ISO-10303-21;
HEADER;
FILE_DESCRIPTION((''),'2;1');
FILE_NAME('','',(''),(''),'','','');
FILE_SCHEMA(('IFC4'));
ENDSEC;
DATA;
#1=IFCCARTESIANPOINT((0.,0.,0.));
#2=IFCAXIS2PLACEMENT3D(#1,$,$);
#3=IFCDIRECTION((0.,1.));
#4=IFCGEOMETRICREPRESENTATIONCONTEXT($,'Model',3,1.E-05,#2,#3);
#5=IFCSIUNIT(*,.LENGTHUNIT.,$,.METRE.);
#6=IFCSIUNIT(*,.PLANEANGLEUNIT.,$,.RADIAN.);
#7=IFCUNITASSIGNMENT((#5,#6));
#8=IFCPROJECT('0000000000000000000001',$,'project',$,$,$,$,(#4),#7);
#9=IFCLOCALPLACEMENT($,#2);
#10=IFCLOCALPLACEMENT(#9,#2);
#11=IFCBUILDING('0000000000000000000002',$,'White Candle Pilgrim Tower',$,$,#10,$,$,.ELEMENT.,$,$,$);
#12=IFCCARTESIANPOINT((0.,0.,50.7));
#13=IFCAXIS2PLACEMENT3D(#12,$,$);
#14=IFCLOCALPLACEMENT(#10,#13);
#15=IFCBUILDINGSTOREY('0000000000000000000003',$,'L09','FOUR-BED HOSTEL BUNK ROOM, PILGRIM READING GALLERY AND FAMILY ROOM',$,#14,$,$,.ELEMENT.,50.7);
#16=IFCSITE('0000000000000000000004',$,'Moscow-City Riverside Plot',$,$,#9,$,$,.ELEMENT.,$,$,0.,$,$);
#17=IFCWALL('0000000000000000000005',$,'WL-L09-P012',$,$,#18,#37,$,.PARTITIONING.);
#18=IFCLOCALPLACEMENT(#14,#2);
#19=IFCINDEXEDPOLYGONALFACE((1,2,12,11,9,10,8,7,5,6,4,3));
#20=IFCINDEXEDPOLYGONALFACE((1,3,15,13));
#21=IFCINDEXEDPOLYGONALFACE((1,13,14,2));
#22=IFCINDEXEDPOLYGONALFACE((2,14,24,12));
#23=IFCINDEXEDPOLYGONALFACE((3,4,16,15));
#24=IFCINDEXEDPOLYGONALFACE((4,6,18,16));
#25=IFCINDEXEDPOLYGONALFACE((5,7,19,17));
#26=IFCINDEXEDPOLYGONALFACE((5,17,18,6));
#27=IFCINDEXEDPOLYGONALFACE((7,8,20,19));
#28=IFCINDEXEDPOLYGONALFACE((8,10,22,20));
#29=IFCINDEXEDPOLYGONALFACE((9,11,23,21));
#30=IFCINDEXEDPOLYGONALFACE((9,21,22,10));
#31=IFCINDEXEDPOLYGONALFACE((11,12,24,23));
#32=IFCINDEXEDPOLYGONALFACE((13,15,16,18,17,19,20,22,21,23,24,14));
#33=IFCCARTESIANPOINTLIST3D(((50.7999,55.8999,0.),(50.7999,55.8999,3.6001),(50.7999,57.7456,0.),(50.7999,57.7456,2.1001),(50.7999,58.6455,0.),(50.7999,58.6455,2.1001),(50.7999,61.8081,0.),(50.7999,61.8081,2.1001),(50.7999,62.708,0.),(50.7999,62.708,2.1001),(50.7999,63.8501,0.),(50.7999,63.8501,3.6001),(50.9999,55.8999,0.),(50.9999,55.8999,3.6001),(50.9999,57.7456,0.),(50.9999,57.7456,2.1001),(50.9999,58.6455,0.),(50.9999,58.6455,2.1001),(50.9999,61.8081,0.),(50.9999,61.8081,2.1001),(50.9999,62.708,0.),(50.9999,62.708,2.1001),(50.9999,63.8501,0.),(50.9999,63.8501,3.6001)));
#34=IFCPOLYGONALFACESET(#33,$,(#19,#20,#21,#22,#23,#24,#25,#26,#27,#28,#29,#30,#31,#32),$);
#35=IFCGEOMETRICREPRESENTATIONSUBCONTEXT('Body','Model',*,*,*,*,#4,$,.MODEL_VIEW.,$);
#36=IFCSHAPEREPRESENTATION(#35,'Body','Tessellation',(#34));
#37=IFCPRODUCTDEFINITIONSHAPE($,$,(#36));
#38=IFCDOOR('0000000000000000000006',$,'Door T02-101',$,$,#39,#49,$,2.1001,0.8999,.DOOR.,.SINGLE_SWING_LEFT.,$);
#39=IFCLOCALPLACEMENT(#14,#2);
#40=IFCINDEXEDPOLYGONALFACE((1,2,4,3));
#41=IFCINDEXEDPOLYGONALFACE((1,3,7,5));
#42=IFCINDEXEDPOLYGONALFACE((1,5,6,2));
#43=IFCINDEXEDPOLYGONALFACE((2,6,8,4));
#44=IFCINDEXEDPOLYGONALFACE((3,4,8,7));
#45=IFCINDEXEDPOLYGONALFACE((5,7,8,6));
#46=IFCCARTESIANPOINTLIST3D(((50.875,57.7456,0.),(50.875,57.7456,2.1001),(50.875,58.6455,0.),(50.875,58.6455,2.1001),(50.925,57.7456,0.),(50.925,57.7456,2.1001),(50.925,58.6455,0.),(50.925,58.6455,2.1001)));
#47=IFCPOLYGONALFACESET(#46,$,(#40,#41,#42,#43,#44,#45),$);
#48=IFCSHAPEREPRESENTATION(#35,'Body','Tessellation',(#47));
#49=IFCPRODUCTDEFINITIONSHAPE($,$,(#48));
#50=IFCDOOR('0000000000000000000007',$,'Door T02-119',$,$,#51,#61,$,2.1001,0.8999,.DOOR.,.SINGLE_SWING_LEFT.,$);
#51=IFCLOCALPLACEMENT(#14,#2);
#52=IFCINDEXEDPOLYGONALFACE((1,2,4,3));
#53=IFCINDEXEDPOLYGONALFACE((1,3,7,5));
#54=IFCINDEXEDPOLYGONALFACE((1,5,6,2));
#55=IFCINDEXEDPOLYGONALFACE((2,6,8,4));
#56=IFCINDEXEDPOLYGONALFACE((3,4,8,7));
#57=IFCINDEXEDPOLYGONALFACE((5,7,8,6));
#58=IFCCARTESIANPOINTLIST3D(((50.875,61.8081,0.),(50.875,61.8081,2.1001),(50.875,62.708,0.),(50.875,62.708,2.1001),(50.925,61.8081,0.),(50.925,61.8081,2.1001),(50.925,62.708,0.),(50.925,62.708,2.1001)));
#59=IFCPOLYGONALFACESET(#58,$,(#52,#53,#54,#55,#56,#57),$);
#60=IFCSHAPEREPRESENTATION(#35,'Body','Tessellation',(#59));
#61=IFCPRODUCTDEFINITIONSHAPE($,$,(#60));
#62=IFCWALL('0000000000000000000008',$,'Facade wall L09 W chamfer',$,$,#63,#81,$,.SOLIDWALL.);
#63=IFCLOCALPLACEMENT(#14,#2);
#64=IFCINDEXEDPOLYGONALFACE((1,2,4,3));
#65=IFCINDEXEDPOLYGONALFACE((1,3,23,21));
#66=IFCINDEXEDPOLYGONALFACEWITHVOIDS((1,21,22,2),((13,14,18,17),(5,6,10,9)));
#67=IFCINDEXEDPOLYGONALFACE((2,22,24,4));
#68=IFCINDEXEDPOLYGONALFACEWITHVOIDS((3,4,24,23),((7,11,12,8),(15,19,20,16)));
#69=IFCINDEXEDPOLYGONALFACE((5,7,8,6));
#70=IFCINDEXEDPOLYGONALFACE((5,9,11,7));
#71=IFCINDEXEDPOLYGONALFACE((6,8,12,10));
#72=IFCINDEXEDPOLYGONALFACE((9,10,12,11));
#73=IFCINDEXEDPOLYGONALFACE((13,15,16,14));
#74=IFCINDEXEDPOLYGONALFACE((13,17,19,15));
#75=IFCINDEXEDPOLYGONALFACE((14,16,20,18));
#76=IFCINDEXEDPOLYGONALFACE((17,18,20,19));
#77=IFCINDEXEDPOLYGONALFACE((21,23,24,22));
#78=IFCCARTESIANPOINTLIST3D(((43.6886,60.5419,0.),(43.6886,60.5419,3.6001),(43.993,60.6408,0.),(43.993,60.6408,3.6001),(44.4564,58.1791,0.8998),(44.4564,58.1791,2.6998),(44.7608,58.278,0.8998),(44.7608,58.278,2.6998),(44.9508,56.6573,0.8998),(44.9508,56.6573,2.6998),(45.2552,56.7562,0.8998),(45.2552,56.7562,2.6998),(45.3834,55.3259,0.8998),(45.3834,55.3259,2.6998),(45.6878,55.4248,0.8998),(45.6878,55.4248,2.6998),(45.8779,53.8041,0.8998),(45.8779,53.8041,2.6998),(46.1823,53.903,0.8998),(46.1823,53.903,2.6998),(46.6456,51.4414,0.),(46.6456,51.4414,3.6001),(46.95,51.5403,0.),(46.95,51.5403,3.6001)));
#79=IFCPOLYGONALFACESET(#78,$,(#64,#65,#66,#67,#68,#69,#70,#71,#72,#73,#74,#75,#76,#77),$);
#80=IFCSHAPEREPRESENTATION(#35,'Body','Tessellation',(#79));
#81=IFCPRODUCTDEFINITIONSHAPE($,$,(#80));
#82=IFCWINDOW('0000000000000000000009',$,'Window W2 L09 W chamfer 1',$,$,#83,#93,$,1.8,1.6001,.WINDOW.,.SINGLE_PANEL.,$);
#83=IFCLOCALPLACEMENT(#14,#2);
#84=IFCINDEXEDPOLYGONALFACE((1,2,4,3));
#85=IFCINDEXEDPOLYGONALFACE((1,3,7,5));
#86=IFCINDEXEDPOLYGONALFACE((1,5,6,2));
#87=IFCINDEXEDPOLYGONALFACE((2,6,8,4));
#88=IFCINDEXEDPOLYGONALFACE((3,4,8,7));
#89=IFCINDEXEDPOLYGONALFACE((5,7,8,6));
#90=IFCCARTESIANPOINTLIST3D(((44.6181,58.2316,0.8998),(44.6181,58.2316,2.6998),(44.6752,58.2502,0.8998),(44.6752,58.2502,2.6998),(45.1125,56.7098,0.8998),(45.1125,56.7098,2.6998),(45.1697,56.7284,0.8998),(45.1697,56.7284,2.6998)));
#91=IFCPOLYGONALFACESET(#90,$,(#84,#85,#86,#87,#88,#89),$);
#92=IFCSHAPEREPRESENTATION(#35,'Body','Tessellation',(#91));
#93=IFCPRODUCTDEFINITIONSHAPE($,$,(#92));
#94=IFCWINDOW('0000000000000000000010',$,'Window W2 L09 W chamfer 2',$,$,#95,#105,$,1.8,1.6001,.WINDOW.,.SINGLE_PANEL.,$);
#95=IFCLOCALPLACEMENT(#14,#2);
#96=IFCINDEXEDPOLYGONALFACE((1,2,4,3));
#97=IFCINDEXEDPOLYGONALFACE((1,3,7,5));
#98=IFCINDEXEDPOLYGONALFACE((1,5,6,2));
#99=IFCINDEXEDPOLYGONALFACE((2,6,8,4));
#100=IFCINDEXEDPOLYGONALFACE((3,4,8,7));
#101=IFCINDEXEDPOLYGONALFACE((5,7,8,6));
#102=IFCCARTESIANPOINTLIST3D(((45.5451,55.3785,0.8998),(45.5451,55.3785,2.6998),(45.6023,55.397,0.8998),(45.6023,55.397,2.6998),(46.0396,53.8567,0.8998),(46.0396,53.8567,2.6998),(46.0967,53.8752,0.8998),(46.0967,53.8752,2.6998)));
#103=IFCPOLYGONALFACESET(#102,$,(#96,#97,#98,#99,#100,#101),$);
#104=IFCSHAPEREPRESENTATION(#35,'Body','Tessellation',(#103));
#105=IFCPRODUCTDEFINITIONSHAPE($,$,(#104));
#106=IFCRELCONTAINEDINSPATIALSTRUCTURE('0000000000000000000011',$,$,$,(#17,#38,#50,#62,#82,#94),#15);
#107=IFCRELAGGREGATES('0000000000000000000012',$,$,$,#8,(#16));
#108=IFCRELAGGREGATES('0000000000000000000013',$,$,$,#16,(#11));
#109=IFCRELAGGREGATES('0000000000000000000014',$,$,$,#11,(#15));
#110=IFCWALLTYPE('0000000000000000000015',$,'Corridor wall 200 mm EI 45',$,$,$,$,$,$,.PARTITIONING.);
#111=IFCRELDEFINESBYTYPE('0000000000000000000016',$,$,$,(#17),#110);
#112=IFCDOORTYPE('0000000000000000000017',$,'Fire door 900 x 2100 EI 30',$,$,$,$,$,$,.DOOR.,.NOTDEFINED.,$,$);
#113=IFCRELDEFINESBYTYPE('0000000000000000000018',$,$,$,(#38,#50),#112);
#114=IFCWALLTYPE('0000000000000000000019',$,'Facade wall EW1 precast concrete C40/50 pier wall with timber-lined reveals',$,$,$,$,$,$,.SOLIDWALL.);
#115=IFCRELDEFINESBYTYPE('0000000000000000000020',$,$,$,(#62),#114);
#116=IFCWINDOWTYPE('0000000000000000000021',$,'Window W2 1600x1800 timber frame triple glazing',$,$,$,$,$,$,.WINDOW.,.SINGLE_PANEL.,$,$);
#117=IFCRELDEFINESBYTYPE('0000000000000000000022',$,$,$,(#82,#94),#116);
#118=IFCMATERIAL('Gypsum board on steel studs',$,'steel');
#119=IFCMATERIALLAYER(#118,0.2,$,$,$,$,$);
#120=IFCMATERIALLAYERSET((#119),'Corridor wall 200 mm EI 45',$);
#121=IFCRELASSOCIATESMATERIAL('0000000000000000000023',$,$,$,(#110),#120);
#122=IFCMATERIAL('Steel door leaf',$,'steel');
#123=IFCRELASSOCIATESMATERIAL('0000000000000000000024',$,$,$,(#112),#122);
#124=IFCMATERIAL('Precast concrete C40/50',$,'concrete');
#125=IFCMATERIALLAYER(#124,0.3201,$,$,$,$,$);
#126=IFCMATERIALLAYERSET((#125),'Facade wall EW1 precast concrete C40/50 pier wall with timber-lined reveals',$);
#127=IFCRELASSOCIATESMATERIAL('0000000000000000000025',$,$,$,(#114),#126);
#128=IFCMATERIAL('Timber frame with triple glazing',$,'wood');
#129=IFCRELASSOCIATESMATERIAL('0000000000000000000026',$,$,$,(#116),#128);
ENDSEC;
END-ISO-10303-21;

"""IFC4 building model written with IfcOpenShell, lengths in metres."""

from ifc_helpers import new_model, si_unit, direction, frame, frame_2d, origin, place, context, subcontext, project, spatial, rectangle, extrude, material, layer, layer_set, type_object, element, fill, save


model = new_model("IFC4")

# Units and contexts
model_context = context("Model", 3, precision=1e-05, world=origin(), true_north=direction((0.0, 1.0)))
body_context = subcontext(model_context, "Body", "Model", "MODEL_VIEW")
ifc_project = project(units=[si_unit("LENGTHUNIT", "METRE"), si_unit("PLANEANGLEUNIT", "RADIAN")], contexts=[model_context])

# Site, building, storey
site_placement = place(None, origin())
site = spatial("IfcSite", under=ifc_project, at=site_placement, Name="Moscow-City Riverside Plot", CompositionType="ELEMENT", RefElevation=0.0)
building_placement = place(site_placement, origin())
building = spatial("IfcBuilding", under=site, at=building_placement, Name="White Candle Pilgrim Tower", CompositionType="ELEMENT")
storey_placement = place(building_placement, frame((0.0, 0.0, 50.7)))
storey = spatial("IfcBuildingStorey", under=building, at=storey_placement, Name="L09", Description="FOUR-BED HOSTEL BUNK ROOM, PILGRIM READING GALLERY AND FAMILY ROOM", CompositionType="ELEMENT", Elevation=50.7)

# Wall, openings, doors
ifc_material_1 = material(Name="Gypsum board on steel studs", Category="steel")
ifc_layer_1 = layer(ifc_material_1, 0.2)
ifc_layer_set_1 = layer_set([ifc_layer_1], Name="Corridor wall 200 mm EI 45")
wall_type_1 = type_object("IfcWallType", Name="Corridor wall 200 mm EI 45", PredefinedType="PARTITIONING", material=ifc_layer_set_1)
wall_1_placement = place(storey_placement, frame((50.8999, 55.8999, 0.0), z_axis=(0.0, 0.0, 1.0), x_axis=(0.0, 1.0, 0.0)))
wall_1 = element("IfcWall", 1, at=wall_1_placement, inside=storey, type_object=wall_type_1, Name="WL-L09-P012", PredefinedType="PARTITIONING", context=body_context, shape_type="SweptSolid", body=[
    extrude(rectangle(XDim=7.9502, YDim=0.2, at=frame_2d((3.9751, 0.0))), origin(), (0.0, 0.0, 1.0), 3.6001),
])
opening_1_placement = place(wall_1_placement, frame((1.8457, 0.0, 0.0)))
opening_1 = element("IfcOpeningElement", 2, at=opening_1_placement, cuts=wall_1, PredefinedType="OPENING", context=body_context, shape_type="SweptSolid", body=[
    extrude(rectangle(XDim=0.8999, YDim=2.1001, at=frame_2d((0.45, 1.05))), frame((0.0, 0.1099, 0.0), z_axis=(0.0, -1.0, 0.0), x_axis=(1.0, 0.0, 0.0)), (0.0, 0.0, 1.0), 0.22),
])
opening_2_placement = place(wall_1_placement, frame((5.9082, 0.0, 0.0)))
opening_2 = element("IfcOpeningElement", 3, at=opening_2_placement, cuts=wall_1, PredefinedType="OPENING", context=body_context, shape_type="SweptSolid", body=[
    extrude(rectangle(XDim=0.8999, YDim=2.1001, at=frame_2d((0.45, 1.05))), frame((0.0, 0.1099, 0.0), z_axis=(0.0, -1.0, 0.0), x_axis=(1.0, 0.0, 0.0)), (0.0, 0.0, 1.0), 0.22),
])
ifc_material_2 = material(Name="Steel door leaf", Category="steel")
door_type = type_object("IfcDoorType", Name="Fire door 900 x 2100 EI 30", OperationType="NOTDEFINED", PredefinedType="DOOR", material=ifc_material_2)
door_1_placement = place(opening_1_placement, origin())
door_1 = element("IfcDoor", 4, at=door_1_placement, inside=storey, type_object=door_type, Name="Door T02-101", OperationType="SINGLE_SWING_LEFT", OverallHeight=2.1001, OverallWidth=0.8999, PredefinedType="DOOR", context=body_context, shape_type="SweptSolid", body=[
    extrude(rectangle(XDim=0.8999, YDim=2.1001, at=frame_2d((0.45, 1.05))), frame((0.0, 0.0249, 0.0), z_axis=(0.0, -1.0, 0.0), x_axis=(1.0, 0.0, 0.0)), (0.0, 0.0, 1.0), 0.05),
])
fill(opening_1, door_1)
door_2_placement = place(opening_2_placement, origin())
door_2 = element("IfcDoor", 5, at=door_2_placement, inside=storey, type_object=door_type, Name="Door T02-119", OperationType="SINGLE_SWING_LEFT", OverallHeight=2.1001, OverallWidth=0.8999, PredefinedType="DOOR", context=body_context, shape_type="SweptSolid", body=[
    extrude(rectangle(XDim=0.8999, YDim=2.1001, at=frame_2d((0.45, 1.05))), frame((0.0, 0.0249, 0.0), z_axis=(0.0, -1.0, 0.0), x_axis=(1.0, 0.0, 0.0)), (0.0, 0.0, 1.0), 0.05),
])
fill(opening_2, door_2)

# Wall, openings, windows
ifc_material_3 = material(Name="Precast concrete C40/50", Category="concrete")
ifc_layer_2 = layer(ifc_material_3, 0.3201)
ifc_layer_set_2 = layer_set([ifc_layer_2], Name="Facade wall EW1 precast concrete C40/50 pier wall with timber-lined reveals")
wall_type_2 = type_object("IfcWallType", Name="Facade wall EW1 precast concrete C40/50 pier wall with timber-lined reveals", PredefinedType="SOLIDWALL", material=ifc_layer_set_2)
wall_2_placement = place(storey_placement, frame((43.8408, 60.5913, 0.0), z_axis=(0.0, 0.0, 1.0), x_axis=(0.309024, -0.951054, 0.0)))
wall_2 = element("IfcWall", 6, at=wall_2_placement, inside=storey, type_object=wall_type_2, Name="Facade wall L09 W chamfer", PredefinedType="SOLIDWALL", context=body_context, shape_type="SweptSolid", body=[
    extrude(rectangle(XDim=9.5688, YDim=0.3201, at=frame_2d((4.7844, 0.0))), origin(), (0.0, 0.0, 1.0), 3.6001),
])
opening_3_placement = place(wall_2_placement, frame((2.4844, 0.0, 0.8999)))
opening_3 = element("IfcOpeningElement", 7, at=opening_3_placement, cuts=wall_2, PredefinedType="OPENING", context=body_context, shape_type="SweptSolid", body=[
    extrude(rectangle(XDim=1.6001, YDim=1.8, at=frame_2d((0.8, 0.8999))), frame((0.0, 0.1699, 0.0), z_axis=(0.0, -1.0, 0.0), x_axis=(1.0, 0.0, 0.0)), (0.0, 0.0, 1.0), 0.3401),
])
opening_4_placement = place(wall_2_placement, frame((5.4844, 0.0, 0.8999)))
opening_4 = element("IfcOpeningElement", 8, at=opening_4_placement, cuts=wall_2, PredefinedType="OPENING", context=body_context, shape_type="SweptSolid", body=[
    extrude(rectangle(XDim=1.6001, YDim=1.8, at=frame_2d((0.8, 0.8999))), frame((0.0, 0.1699, 0.0), z_axis=(0.0, -1.0, 0.0), x_axis=(1.0, 0.0, 0.0)), (0.0, 0.0, 1.0), 0.3401),
])
ifc_material_4 = material(Name="Timber frame with triple glazing", Category="wood")
window_type_1 = type_object("IfcWindowType", Name="Window W2 1600x1800 timber frame triple glazing", PartitioningType="SINGLE_PANEL", PredefinedType="WINDOW", material=ifc_material_4)
window_1_placement = place(opening_3_placement, origin())
window_1 = element("IfcWindow", 9, at=window_1_placement, inside=storey, type_object=window_type_1, Name="Window W2 L09 W chamfer 1", OverallHeight=1.8, OverallWidth=1.6001, PartitioningType="SINGLE_PANEL", PredefinedType="WINDOW", context=body_context, shape_type="SweptSolid", body=[
    extrude(rectangle(XDim=1.6001, YDim=1.8, at=frame_2d((0.8, 0.8999))), frame((0.0, 0.0701, 0.0), z_axis=(0.0, -1.0, 0.0), x_axis=(1.0, 0.0, 0.0)), (0.0, 0.0, 1.0), 0.0601),
])
fill(opening_3, window_1)
window_2_placement = place(opening_4_placement, origin())
window_2 = element("IfcWindow", 10, at=window_2_placement, inside=storey, type_object=window_type_1, Name="Window W2 L09 W chamfer 2", OverallHeight=1.8, OverallWidth=1.6001, PartitioningType="SINGLE_PANEL", PredefinedType="WINDOW", context=body_context, shape_type="SweptSolid", body=[
    extrude(rectangle(XDim=1.6001, YDim=1.8, at=frame_2d((0.8, 0.8999))), frame((0.0, 0.0701, 0.0), z_axis=(0.0, -1.0, 0.0), x_axis=(1.0, 0.0, 0.0)), (0.0, 0.0, 1.0), 0.0601),
])
fill(opening_4, window_2)

save(model, "model.ifc")
